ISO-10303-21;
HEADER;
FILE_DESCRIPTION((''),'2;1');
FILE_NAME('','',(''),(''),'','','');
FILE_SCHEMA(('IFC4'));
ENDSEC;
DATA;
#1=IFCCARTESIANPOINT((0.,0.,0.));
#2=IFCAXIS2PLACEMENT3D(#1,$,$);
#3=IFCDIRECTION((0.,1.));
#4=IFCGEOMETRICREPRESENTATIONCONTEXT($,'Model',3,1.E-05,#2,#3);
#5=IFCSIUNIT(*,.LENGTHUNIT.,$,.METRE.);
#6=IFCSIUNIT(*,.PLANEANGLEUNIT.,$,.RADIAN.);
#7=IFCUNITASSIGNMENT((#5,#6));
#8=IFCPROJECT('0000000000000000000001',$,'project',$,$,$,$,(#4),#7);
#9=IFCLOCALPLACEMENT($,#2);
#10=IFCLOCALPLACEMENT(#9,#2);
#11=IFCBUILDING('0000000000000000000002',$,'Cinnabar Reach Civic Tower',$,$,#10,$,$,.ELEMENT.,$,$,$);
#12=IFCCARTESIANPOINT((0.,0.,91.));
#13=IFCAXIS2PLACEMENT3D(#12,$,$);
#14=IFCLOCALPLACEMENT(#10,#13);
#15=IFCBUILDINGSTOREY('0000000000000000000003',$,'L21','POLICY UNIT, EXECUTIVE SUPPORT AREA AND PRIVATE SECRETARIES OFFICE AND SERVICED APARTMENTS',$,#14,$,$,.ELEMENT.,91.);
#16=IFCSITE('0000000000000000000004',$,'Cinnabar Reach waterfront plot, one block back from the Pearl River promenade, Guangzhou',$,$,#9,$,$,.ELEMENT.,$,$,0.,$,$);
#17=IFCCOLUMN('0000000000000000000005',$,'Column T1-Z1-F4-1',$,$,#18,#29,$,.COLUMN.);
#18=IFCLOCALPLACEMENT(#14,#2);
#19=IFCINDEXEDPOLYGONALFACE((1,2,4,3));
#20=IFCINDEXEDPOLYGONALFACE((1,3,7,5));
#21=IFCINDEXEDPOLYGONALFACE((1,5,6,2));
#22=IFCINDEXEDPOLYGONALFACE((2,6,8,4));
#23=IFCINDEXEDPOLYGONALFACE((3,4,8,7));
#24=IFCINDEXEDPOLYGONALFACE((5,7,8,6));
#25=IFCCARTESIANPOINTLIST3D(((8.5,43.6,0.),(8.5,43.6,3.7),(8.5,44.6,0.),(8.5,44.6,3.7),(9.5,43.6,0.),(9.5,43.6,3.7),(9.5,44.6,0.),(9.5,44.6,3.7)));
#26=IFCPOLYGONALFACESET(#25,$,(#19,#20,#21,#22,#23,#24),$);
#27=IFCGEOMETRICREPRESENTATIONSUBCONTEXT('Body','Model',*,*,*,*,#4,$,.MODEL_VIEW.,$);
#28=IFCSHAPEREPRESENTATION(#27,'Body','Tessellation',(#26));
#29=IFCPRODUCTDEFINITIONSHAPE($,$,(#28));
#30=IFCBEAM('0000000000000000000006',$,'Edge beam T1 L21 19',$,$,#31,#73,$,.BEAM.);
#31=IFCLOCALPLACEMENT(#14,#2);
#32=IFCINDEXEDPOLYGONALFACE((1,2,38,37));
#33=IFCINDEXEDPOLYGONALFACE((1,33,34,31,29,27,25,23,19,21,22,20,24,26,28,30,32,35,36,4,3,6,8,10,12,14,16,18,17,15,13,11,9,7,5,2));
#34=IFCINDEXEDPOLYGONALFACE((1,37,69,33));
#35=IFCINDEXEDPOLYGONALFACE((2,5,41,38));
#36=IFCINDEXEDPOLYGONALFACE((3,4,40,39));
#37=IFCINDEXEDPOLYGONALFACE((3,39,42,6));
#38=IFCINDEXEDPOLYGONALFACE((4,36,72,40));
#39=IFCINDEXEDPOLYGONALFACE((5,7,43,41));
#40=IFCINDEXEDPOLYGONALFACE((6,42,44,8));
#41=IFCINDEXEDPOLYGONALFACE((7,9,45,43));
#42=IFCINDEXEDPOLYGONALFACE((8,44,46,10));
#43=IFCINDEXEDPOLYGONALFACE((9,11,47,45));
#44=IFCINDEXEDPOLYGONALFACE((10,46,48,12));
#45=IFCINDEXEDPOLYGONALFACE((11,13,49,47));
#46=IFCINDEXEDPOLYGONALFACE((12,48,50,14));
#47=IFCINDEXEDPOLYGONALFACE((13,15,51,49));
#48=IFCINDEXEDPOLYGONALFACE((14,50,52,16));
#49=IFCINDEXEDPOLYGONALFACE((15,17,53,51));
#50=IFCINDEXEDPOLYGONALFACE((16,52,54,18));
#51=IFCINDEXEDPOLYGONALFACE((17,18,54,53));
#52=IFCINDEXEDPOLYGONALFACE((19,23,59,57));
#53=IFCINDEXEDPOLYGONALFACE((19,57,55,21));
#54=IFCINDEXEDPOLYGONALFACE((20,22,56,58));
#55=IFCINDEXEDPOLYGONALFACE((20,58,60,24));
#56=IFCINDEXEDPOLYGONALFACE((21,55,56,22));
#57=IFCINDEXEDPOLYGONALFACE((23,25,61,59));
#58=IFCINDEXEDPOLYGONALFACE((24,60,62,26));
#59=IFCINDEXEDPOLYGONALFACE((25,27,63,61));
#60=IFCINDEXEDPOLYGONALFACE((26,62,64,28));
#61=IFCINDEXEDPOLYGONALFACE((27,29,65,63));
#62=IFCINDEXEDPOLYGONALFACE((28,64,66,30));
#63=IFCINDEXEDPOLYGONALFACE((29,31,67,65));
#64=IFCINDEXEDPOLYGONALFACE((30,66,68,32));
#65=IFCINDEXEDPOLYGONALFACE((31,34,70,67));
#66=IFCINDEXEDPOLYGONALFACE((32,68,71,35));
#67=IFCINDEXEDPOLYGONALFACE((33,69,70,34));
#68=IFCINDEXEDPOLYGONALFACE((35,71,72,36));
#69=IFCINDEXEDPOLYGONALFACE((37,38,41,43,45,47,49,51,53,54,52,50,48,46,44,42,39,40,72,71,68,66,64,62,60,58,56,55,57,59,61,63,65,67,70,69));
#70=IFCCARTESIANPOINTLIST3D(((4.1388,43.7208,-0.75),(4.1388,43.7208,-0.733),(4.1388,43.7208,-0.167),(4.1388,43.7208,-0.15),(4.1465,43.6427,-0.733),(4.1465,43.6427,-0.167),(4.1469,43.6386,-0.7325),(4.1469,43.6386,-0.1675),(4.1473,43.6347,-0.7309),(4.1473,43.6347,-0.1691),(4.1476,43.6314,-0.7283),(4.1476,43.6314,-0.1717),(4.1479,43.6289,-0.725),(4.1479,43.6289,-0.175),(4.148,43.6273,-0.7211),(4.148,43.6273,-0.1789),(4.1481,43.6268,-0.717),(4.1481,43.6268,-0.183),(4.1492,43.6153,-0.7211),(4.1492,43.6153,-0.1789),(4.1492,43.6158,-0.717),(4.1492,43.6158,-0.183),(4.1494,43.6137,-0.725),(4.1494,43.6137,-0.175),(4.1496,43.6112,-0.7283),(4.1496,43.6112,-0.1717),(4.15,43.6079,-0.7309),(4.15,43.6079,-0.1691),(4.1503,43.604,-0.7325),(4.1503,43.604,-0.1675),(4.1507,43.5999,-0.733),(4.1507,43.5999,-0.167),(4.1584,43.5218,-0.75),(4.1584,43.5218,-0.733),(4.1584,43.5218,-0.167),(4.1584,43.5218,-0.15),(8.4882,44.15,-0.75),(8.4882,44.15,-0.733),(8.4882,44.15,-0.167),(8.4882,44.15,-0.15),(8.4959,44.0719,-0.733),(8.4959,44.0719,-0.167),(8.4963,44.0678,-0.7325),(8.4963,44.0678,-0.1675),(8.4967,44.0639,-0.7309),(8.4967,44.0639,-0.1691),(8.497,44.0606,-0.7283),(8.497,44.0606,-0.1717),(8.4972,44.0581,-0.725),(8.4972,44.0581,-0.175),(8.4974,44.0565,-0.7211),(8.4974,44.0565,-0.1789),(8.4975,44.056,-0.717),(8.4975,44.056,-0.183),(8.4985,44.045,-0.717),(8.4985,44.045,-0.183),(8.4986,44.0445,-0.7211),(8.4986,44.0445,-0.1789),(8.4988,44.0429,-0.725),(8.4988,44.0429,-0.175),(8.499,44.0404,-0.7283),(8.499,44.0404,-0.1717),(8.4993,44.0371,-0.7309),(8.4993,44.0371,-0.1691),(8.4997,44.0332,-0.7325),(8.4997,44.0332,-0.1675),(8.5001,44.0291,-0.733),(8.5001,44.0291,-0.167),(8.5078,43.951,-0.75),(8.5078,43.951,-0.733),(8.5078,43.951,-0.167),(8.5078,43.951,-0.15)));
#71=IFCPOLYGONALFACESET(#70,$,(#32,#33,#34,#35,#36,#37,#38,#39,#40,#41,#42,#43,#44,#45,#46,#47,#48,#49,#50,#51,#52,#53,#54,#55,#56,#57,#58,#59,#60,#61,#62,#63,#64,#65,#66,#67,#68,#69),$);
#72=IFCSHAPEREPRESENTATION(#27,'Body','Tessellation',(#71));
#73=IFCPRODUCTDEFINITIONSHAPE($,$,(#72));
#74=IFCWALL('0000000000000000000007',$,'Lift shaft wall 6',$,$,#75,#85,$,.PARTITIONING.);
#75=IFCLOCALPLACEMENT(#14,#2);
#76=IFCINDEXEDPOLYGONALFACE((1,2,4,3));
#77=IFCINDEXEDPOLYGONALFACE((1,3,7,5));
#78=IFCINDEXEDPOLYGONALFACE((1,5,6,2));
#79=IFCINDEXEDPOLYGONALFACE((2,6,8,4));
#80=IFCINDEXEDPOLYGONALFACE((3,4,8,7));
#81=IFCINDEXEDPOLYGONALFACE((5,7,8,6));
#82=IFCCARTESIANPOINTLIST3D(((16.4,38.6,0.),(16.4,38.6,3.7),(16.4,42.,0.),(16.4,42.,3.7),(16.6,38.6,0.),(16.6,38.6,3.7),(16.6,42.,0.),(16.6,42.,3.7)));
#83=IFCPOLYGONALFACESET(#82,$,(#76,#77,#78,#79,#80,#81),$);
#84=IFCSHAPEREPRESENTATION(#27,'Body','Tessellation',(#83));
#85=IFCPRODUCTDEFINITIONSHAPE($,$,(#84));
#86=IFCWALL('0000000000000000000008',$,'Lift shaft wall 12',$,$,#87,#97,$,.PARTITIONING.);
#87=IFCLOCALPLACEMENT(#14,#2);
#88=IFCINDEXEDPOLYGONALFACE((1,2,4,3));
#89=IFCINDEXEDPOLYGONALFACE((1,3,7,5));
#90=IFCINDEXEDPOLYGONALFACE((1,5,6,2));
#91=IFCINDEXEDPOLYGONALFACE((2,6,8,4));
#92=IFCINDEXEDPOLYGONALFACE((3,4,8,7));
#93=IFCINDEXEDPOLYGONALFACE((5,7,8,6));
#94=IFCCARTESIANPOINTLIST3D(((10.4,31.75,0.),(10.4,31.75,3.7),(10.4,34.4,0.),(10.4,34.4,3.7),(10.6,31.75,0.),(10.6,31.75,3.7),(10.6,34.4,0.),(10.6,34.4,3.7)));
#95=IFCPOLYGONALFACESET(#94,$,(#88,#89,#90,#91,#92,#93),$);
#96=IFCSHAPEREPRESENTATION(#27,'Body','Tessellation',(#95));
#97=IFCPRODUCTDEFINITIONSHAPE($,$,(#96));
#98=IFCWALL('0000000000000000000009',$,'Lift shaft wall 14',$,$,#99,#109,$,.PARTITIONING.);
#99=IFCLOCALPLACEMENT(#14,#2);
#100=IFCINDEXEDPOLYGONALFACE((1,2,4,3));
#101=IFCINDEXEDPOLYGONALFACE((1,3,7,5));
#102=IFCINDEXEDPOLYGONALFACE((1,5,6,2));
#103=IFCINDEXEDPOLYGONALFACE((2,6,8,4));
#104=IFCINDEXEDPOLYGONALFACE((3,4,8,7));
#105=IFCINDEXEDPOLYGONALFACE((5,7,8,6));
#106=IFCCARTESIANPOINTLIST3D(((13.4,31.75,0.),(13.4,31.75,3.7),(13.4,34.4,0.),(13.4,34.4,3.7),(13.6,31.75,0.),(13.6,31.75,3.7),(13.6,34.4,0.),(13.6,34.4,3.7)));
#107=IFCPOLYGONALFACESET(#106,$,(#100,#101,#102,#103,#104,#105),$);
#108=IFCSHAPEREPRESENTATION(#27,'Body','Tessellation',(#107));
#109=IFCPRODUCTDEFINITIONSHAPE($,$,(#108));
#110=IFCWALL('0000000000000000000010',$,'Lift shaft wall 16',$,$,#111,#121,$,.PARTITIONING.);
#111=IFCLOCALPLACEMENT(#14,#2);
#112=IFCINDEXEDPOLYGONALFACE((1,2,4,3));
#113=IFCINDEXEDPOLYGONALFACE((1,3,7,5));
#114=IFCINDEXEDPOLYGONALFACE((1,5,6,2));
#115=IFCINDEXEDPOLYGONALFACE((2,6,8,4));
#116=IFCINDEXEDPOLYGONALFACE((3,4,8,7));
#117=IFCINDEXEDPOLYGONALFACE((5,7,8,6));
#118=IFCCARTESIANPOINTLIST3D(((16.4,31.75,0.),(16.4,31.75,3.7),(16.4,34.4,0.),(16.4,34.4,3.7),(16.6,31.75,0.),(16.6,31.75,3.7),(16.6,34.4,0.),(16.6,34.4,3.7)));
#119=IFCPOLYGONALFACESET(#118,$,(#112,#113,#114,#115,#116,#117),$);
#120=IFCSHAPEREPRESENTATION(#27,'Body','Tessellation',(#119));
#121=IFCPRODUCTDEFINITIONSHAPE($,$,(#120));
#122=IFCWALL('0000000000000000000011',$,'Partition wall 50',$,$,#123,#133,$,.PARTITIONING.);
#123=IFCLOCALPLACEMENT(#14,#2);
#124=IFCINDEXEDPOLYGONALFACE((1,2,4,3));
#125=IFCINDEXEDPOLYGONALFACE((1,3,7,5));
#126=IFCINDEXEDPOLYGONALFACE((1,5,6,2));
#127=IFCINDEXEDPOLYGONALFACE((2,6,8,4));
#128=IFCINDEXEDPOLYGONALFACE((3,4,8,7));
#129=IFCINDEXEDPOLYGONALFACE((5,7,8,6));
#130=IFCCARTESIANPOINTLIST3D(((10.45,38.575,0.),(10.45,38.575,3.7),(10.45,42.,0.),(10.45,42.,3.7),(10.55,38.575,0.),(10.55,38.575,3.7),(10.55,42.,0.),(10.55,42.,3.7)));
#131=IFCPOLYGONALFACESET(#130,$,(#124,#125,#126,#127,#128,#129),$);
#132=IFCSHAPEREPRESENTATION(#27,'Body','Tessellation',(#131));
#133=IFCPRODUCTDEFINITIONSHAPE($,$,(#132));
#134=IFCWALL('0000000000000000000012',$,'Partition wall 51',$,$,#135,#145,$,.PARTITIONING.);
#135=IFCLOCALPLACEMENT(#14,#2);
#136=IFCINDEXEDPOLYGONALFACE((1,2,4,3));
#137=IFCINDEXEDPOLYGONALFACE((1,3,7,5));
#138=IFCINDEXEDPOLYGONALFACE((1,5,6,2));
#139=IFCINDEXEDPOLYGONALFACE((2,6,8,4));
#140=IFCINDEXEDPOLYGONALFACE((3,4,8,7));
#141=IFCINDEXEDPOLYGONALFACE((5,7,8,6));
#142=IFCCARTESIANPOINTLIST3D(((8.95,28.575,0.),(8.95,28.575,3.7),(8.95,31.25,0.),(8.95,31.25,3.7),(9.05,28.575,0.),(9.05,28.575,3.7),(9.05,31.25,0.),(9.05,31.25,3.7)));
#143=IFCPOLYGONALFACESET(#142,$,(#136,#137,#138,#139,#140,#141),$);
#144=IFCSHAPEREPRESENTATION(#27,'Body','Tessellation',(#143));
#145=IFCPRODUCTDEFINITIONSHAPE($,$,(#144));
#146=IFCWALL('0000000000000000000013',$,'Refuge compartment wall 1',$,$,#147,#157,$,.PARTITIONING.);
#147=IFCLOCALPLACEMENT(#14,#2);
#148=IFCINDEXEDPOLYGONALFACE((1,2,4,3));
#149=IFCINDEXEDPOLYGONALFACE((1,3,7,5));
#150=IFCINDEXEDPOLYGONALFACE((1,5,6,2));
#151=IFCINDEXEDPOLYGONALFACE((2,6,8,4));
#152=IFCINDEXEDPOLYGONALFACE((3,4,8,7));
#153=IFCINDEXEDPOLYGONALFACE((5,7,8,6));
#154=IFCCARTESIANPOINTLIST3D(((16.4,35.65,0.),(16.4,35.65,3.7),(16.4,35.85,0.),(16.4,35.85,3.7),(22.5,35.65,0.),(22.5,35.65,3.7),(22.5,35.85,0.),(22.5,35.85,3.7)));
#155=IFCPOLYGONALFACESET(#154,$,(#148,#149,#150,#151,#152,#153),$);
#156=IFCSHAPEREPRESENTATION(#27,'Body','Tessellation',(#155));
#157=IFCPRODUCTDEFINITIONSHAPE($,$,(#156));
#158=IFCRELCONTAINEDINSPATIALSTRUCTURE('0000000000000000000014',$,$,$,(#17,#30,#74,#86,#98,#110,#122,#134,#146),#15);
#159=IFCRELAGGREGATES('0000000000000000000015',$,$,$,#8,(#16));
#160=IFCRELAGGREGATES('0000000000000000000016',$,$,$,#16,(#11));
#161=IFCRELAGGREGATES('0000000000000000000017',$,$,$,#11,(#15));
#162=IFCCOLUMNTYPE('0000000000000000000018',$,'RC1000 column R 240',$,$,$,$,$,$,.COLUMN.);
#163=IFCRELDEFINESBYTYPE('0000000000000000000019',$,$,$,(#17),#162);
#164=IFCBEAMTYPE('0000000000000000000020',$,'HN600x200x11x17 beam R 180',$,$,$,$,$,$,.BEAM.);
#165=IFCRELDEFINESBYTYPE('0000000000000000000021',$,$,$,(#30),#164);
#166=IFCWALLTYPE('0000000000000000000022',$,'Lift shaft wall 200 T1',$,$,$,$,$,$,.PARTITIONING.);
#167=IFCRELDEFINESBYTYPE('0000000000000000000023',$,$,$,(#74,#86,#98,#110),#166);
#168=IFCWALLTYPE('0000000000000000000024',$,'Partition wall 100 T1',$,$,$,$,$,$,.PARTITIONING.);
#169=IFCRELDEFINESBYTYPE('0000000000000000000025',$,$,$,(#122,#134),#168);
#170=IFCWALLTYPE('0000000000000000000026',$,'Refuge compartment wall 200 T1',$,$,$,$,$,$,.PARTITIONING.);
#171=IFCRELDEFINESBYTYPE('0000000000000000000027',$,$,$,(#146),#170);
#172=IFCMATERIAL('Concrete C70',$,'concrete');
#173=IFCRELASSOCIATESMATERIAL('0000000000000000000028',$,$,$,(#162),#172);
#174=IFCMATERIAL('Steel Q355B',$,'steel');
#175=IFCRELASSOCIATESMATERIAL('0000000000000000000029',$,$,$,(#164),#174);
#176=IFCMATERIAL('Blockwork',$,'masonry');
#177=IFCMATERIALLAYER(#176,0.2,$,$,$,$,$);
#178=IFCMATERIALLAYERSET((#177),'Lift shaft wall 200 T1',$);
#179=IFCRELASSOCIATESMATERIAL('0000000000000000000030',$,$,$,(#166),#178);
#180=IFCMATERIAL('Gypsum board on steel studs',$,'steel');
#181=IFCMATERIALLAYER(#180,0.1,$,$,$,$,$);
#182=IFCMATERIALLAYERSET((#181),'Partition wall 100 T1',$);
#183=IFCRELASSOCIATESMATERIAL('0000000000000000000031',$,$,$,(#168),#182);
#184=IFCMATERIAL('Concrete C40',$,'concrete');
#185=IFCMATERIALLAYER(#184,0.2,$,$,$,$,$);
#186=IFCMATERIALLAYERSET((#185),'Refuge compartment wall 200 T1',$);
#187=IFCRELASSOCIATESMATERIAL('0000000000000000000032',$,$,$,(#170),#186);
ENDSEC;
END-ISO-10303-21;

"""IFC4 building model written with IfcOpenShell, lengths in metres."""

from ifc_helpers import new_model, si_unit, direction, frame, frame_2d, origin, origin_2d, place, context, subcontext, project, spatial, rectangle, i_section, extrude, material, layer, layer_set, material_profile, profile_set, type_object, element, save


model = new_model("IFC4")

# Units and contexts
model_context = context("Model", 3, precision=1e-05, world=origin(), true_north=direction((0.0, 1.0)))
body_context = subcontext(model_context, "Body", "Model", "MODEL_VIEW")
ifc_project = project(units=[si_unit("LENGTHUNIT", "METRE"), si_unit("PLANEANGLEUNIT", "RADIAN")], contexts=[model_context])

# Site, building, storey
site_placement = place(None, origin())
site = spatial("IfcSite", under=ifc_project, at=site_placement, Name="Cinnabar Reach waterfront plot, one block back from the Pearl River promenade, Guangzhou", CompositionType="ELEMENT", RefElevation=0.0)
building_placement = place(site_placement, origin())
building = spatial("IfcBuilding", under=site, at=building_placement, Name="Cinnabar Reach Civic Tower", CompositionType="ELEMENT")
storey_placement = place(building_placement, frame((0.0, 0.0, 91.0)))
storey = spatial("IfcBuildingStorey", under=building, at=storey_placement, Name="L21", Description="POLICY UNIT, EXECUTIVE SUPPORT AREA AND PRIVATE SECRETARIES OFFICE AND SERVICED APARTMENTS", CompositionType="ELEMENT", Elevation=91.0)

# Column
ifc_material_1 = material(Name="Concrete C70", Category="concrete")
ifc_material_profile_1 = material_profile(ifc_material_1, rectangle(XDim=1.0, YDim=1.0, at=origin_2d()), Name="RC1000")
ifc_profile_set_1 = profile_set([ifc_material_profile_1], Name="Concrete C70")
column_type = type_object("IfcColumnType", Name="RC1000 column R 240", PredefinedType="COLUMN", material=ifc_profile_set_1)
column_placement = place(storey_placement, frame((9.0, 44.1, 0.0), z_axis=(0.0, 0.0, 1.0), x_axis=(1.0, 0.0, 0.0)))
element("IfcColumn", 1, at=column_placement, inside=storey, type_object=column_type, Name="Column T1-Z1-F4-1", PredefinedType="COLUMN", context=body_context, shape_type="SweptSolid", body=[
    extrude(rectangle(XDim=1.0, YDim=1.0, at=origin_2d()), origin(), (0.0, 0.0, 1.0), 3.7),
])

# Beam
ifc_material_2 = material(Name="Steel Q355B", Category="steel")
ifc_material_profile_2 = material_profile(ifc_material_2, i_section(OverallWidth=0.2, OverallDepth=0.6, WebThickness=0.011, FlangeThickness=0.017, FilletRadius=0.016, at=origin_2d()), Name="HN600x200x11x17")
ifc_profile_set_2 = profile_set([ifc_material_profile_2], Name="Steel Q355B")
beam_type = type_object("IfcBeamType", Name="HN600x200x11x17 beam R 180", PredefinedType="BEAM", material=ifc_profile_set_2)
beam_placement = place(storey_placement, frame((8.498, 44.0505, -0.45), z_axis=(-0.995166, -0.098203, 0.0), x_axis=(0.098203, -0.995166, 0.0)))
element("IfcBeam", 2, at=beam_placement, inside=storey, type_object=beam_type, Name="Edge beam T1 L21 19", PredefinedType="BEAM", context=body_context, shape_type="SweptSolid", body=[
    extrude(i_section(OverallWidth=0.2, OverallDepth=0.6, WebThickness=0.011, FlangeThickness=0.017, FilletRadius=0.016, at=origin_2d()), origin(), (0.0, 0.0, 1.0), 4.3705),
])

# Walls
ifc_material_3 = material(Name="Blockwork", Category="masonry")
ifc_layer_1 = layer(ifc_material_3, 0.2)
ifc_layer_set_1 = layer_set([ifc_layer_1], Name="Lift shaft wall 200 T1")
wall_type_1 = type_object("IfcWallType", Name="Lift shaft wall 200 T1", PredefinedType="PARTITIONING", material=ifc_layer_set_1)
wall_1_placement = place(storey_placement, frame((16.5, 38.6, 0.0), z_axis=(0.0, 0.0, 1.0), x_axis=(0.0, 1.0, 0.0)))
element("IfcWall", 3, at=wall_1_placement, inside=storey, type_object=wall_type_1, Name="Lift shaft wall 6", PredefinedType="PARTITIONING", context=body_context, shape_type="SweptSolid", body=[
    extrude(rectangle(XDim=3.4, YDim=0.2, at=frame_2d((1.7, 0.0))), origin(), (0.0, 0.0, 1.0), 3.7),
])
for number, where, z_axis, x_axis, name in (
    (4, (10.5, 31.75, 0.0), (0.0, 0.0, 1.0), (0.0, 1.0, 0.0), "Lift shaft wall 12"),
    (5, (13.5, 31.75, 0.0), (0.0, 0.0, 1.0), (0.0, 1.0, 0.0), "Lift shaft wall 14"),
    (6, (16.5, 31.75, 0.0), (0.0, 0.0, 1.0), (0.0, 1.0, 0.0), "Lift shaft wall 16"),
):
    element("IfcWall", number, at=place(storey_placement, frame(where, z_axis=z_axis, x_axis=x_axis)), inside=storey, type_object=wall_type_1, Name=name, PredefinedType="PARTITIONING", context=body_context, shape_type="SweptSolid", body=[
        extrude(rectangle(XDim=2.65, YDim=0.2, at=frame_2d((1.325, 0.0))), origin(), (0.0, 0.0, 1.0), 3.7),
    ])
ifc_material_4 = material(Name="Gypsum board on steel studs", Category="steel")
ifc_layer_2 = layer(ifc_material_4, 0.1)
ifc_layer_set_2 = layer_set([ifc_layer_2], Name="Partition wall 100 T1")
wall_type_2 = type_object("IfcWallType", Name="Partition wall 100 T1", PredefinedType="PARTITIONING", material=ifc_layer_set_2)
wall_2_placement = place(storey_placement, frame((10.5, 38.575, 0.0), z_axis=(0.0, 0.0, 1.0), x_axis=(0.0, 1.0, 0.0)))
element("IfcWall", 7, at=wall_2_placement, inside=storey, type_object=wall_type_2, Name="Partition wall 50", PredefinedType="PARTITIONING", context=body_context, shape_type="SweptSolid", body=[
    extrude(rectangle(XDim=3.425, YDim=0.1, at=frame_2d((1.7125, 0.0))), origin(), (0.0, 0.0, 1.0), 3.7),
])
wall_3_placement = place(storey_placement, frame((9.0, 28.575, 0.0), z_axis=(0.0, 0.0, 1.0), x_axis=(0.0, 1.0, 0.0)))
element("IfcWall", 8, at=wall_3_placement, inside=storey, type_object=wall_type_2, Name="Partition wall 51", PredefinedType="PARTITIONING", context=body_context, shape_type="SweptSolid", body=[
    extrude(rectangle(XDim=2.675, YDim=0.1, at=frame_2d((1.3375, 0.0))), origin(), (0.0, 0.0, 1.0), 3.7),
])
ifc_material_5 = material(Name="Concrete C40", Category="concrete")
ifc_layer_3 = layer(ifc_material_5, 0.2)
ifc_layer_set_3 = layer_set([ifc_layer_3], Name="Refuge compartment wall 200 T1")
wall_type_3 = type_object("IfcWallType", Name="Refuge compartment wall 200 T1", PredefinedType="PARTITIONING", material=ifc_layer_set_3)
wall_4_placement = place(storey_placement, frame((16.4, 35.75, 0.0), z_axis=(0.0, 0.0, 1.0), x_axis=(1.0, 0.0, 0.0)))
element("IfcWall", 9, at=wall_4_placement, inside=storey, type_object=wall_type_3, Name="Refuge compartment wall 1", PredefinedType="PARTITIONING", context=body_context, shape_type="SweptSolid", body=[
    extrude(rectangle(XDim=6.1, YDim=0.2, at=frame_2d((3.05, 0.0))), origin(), (0.0, 0.0, 1.0), 3.7),
])

save(model, "model.ifc")
